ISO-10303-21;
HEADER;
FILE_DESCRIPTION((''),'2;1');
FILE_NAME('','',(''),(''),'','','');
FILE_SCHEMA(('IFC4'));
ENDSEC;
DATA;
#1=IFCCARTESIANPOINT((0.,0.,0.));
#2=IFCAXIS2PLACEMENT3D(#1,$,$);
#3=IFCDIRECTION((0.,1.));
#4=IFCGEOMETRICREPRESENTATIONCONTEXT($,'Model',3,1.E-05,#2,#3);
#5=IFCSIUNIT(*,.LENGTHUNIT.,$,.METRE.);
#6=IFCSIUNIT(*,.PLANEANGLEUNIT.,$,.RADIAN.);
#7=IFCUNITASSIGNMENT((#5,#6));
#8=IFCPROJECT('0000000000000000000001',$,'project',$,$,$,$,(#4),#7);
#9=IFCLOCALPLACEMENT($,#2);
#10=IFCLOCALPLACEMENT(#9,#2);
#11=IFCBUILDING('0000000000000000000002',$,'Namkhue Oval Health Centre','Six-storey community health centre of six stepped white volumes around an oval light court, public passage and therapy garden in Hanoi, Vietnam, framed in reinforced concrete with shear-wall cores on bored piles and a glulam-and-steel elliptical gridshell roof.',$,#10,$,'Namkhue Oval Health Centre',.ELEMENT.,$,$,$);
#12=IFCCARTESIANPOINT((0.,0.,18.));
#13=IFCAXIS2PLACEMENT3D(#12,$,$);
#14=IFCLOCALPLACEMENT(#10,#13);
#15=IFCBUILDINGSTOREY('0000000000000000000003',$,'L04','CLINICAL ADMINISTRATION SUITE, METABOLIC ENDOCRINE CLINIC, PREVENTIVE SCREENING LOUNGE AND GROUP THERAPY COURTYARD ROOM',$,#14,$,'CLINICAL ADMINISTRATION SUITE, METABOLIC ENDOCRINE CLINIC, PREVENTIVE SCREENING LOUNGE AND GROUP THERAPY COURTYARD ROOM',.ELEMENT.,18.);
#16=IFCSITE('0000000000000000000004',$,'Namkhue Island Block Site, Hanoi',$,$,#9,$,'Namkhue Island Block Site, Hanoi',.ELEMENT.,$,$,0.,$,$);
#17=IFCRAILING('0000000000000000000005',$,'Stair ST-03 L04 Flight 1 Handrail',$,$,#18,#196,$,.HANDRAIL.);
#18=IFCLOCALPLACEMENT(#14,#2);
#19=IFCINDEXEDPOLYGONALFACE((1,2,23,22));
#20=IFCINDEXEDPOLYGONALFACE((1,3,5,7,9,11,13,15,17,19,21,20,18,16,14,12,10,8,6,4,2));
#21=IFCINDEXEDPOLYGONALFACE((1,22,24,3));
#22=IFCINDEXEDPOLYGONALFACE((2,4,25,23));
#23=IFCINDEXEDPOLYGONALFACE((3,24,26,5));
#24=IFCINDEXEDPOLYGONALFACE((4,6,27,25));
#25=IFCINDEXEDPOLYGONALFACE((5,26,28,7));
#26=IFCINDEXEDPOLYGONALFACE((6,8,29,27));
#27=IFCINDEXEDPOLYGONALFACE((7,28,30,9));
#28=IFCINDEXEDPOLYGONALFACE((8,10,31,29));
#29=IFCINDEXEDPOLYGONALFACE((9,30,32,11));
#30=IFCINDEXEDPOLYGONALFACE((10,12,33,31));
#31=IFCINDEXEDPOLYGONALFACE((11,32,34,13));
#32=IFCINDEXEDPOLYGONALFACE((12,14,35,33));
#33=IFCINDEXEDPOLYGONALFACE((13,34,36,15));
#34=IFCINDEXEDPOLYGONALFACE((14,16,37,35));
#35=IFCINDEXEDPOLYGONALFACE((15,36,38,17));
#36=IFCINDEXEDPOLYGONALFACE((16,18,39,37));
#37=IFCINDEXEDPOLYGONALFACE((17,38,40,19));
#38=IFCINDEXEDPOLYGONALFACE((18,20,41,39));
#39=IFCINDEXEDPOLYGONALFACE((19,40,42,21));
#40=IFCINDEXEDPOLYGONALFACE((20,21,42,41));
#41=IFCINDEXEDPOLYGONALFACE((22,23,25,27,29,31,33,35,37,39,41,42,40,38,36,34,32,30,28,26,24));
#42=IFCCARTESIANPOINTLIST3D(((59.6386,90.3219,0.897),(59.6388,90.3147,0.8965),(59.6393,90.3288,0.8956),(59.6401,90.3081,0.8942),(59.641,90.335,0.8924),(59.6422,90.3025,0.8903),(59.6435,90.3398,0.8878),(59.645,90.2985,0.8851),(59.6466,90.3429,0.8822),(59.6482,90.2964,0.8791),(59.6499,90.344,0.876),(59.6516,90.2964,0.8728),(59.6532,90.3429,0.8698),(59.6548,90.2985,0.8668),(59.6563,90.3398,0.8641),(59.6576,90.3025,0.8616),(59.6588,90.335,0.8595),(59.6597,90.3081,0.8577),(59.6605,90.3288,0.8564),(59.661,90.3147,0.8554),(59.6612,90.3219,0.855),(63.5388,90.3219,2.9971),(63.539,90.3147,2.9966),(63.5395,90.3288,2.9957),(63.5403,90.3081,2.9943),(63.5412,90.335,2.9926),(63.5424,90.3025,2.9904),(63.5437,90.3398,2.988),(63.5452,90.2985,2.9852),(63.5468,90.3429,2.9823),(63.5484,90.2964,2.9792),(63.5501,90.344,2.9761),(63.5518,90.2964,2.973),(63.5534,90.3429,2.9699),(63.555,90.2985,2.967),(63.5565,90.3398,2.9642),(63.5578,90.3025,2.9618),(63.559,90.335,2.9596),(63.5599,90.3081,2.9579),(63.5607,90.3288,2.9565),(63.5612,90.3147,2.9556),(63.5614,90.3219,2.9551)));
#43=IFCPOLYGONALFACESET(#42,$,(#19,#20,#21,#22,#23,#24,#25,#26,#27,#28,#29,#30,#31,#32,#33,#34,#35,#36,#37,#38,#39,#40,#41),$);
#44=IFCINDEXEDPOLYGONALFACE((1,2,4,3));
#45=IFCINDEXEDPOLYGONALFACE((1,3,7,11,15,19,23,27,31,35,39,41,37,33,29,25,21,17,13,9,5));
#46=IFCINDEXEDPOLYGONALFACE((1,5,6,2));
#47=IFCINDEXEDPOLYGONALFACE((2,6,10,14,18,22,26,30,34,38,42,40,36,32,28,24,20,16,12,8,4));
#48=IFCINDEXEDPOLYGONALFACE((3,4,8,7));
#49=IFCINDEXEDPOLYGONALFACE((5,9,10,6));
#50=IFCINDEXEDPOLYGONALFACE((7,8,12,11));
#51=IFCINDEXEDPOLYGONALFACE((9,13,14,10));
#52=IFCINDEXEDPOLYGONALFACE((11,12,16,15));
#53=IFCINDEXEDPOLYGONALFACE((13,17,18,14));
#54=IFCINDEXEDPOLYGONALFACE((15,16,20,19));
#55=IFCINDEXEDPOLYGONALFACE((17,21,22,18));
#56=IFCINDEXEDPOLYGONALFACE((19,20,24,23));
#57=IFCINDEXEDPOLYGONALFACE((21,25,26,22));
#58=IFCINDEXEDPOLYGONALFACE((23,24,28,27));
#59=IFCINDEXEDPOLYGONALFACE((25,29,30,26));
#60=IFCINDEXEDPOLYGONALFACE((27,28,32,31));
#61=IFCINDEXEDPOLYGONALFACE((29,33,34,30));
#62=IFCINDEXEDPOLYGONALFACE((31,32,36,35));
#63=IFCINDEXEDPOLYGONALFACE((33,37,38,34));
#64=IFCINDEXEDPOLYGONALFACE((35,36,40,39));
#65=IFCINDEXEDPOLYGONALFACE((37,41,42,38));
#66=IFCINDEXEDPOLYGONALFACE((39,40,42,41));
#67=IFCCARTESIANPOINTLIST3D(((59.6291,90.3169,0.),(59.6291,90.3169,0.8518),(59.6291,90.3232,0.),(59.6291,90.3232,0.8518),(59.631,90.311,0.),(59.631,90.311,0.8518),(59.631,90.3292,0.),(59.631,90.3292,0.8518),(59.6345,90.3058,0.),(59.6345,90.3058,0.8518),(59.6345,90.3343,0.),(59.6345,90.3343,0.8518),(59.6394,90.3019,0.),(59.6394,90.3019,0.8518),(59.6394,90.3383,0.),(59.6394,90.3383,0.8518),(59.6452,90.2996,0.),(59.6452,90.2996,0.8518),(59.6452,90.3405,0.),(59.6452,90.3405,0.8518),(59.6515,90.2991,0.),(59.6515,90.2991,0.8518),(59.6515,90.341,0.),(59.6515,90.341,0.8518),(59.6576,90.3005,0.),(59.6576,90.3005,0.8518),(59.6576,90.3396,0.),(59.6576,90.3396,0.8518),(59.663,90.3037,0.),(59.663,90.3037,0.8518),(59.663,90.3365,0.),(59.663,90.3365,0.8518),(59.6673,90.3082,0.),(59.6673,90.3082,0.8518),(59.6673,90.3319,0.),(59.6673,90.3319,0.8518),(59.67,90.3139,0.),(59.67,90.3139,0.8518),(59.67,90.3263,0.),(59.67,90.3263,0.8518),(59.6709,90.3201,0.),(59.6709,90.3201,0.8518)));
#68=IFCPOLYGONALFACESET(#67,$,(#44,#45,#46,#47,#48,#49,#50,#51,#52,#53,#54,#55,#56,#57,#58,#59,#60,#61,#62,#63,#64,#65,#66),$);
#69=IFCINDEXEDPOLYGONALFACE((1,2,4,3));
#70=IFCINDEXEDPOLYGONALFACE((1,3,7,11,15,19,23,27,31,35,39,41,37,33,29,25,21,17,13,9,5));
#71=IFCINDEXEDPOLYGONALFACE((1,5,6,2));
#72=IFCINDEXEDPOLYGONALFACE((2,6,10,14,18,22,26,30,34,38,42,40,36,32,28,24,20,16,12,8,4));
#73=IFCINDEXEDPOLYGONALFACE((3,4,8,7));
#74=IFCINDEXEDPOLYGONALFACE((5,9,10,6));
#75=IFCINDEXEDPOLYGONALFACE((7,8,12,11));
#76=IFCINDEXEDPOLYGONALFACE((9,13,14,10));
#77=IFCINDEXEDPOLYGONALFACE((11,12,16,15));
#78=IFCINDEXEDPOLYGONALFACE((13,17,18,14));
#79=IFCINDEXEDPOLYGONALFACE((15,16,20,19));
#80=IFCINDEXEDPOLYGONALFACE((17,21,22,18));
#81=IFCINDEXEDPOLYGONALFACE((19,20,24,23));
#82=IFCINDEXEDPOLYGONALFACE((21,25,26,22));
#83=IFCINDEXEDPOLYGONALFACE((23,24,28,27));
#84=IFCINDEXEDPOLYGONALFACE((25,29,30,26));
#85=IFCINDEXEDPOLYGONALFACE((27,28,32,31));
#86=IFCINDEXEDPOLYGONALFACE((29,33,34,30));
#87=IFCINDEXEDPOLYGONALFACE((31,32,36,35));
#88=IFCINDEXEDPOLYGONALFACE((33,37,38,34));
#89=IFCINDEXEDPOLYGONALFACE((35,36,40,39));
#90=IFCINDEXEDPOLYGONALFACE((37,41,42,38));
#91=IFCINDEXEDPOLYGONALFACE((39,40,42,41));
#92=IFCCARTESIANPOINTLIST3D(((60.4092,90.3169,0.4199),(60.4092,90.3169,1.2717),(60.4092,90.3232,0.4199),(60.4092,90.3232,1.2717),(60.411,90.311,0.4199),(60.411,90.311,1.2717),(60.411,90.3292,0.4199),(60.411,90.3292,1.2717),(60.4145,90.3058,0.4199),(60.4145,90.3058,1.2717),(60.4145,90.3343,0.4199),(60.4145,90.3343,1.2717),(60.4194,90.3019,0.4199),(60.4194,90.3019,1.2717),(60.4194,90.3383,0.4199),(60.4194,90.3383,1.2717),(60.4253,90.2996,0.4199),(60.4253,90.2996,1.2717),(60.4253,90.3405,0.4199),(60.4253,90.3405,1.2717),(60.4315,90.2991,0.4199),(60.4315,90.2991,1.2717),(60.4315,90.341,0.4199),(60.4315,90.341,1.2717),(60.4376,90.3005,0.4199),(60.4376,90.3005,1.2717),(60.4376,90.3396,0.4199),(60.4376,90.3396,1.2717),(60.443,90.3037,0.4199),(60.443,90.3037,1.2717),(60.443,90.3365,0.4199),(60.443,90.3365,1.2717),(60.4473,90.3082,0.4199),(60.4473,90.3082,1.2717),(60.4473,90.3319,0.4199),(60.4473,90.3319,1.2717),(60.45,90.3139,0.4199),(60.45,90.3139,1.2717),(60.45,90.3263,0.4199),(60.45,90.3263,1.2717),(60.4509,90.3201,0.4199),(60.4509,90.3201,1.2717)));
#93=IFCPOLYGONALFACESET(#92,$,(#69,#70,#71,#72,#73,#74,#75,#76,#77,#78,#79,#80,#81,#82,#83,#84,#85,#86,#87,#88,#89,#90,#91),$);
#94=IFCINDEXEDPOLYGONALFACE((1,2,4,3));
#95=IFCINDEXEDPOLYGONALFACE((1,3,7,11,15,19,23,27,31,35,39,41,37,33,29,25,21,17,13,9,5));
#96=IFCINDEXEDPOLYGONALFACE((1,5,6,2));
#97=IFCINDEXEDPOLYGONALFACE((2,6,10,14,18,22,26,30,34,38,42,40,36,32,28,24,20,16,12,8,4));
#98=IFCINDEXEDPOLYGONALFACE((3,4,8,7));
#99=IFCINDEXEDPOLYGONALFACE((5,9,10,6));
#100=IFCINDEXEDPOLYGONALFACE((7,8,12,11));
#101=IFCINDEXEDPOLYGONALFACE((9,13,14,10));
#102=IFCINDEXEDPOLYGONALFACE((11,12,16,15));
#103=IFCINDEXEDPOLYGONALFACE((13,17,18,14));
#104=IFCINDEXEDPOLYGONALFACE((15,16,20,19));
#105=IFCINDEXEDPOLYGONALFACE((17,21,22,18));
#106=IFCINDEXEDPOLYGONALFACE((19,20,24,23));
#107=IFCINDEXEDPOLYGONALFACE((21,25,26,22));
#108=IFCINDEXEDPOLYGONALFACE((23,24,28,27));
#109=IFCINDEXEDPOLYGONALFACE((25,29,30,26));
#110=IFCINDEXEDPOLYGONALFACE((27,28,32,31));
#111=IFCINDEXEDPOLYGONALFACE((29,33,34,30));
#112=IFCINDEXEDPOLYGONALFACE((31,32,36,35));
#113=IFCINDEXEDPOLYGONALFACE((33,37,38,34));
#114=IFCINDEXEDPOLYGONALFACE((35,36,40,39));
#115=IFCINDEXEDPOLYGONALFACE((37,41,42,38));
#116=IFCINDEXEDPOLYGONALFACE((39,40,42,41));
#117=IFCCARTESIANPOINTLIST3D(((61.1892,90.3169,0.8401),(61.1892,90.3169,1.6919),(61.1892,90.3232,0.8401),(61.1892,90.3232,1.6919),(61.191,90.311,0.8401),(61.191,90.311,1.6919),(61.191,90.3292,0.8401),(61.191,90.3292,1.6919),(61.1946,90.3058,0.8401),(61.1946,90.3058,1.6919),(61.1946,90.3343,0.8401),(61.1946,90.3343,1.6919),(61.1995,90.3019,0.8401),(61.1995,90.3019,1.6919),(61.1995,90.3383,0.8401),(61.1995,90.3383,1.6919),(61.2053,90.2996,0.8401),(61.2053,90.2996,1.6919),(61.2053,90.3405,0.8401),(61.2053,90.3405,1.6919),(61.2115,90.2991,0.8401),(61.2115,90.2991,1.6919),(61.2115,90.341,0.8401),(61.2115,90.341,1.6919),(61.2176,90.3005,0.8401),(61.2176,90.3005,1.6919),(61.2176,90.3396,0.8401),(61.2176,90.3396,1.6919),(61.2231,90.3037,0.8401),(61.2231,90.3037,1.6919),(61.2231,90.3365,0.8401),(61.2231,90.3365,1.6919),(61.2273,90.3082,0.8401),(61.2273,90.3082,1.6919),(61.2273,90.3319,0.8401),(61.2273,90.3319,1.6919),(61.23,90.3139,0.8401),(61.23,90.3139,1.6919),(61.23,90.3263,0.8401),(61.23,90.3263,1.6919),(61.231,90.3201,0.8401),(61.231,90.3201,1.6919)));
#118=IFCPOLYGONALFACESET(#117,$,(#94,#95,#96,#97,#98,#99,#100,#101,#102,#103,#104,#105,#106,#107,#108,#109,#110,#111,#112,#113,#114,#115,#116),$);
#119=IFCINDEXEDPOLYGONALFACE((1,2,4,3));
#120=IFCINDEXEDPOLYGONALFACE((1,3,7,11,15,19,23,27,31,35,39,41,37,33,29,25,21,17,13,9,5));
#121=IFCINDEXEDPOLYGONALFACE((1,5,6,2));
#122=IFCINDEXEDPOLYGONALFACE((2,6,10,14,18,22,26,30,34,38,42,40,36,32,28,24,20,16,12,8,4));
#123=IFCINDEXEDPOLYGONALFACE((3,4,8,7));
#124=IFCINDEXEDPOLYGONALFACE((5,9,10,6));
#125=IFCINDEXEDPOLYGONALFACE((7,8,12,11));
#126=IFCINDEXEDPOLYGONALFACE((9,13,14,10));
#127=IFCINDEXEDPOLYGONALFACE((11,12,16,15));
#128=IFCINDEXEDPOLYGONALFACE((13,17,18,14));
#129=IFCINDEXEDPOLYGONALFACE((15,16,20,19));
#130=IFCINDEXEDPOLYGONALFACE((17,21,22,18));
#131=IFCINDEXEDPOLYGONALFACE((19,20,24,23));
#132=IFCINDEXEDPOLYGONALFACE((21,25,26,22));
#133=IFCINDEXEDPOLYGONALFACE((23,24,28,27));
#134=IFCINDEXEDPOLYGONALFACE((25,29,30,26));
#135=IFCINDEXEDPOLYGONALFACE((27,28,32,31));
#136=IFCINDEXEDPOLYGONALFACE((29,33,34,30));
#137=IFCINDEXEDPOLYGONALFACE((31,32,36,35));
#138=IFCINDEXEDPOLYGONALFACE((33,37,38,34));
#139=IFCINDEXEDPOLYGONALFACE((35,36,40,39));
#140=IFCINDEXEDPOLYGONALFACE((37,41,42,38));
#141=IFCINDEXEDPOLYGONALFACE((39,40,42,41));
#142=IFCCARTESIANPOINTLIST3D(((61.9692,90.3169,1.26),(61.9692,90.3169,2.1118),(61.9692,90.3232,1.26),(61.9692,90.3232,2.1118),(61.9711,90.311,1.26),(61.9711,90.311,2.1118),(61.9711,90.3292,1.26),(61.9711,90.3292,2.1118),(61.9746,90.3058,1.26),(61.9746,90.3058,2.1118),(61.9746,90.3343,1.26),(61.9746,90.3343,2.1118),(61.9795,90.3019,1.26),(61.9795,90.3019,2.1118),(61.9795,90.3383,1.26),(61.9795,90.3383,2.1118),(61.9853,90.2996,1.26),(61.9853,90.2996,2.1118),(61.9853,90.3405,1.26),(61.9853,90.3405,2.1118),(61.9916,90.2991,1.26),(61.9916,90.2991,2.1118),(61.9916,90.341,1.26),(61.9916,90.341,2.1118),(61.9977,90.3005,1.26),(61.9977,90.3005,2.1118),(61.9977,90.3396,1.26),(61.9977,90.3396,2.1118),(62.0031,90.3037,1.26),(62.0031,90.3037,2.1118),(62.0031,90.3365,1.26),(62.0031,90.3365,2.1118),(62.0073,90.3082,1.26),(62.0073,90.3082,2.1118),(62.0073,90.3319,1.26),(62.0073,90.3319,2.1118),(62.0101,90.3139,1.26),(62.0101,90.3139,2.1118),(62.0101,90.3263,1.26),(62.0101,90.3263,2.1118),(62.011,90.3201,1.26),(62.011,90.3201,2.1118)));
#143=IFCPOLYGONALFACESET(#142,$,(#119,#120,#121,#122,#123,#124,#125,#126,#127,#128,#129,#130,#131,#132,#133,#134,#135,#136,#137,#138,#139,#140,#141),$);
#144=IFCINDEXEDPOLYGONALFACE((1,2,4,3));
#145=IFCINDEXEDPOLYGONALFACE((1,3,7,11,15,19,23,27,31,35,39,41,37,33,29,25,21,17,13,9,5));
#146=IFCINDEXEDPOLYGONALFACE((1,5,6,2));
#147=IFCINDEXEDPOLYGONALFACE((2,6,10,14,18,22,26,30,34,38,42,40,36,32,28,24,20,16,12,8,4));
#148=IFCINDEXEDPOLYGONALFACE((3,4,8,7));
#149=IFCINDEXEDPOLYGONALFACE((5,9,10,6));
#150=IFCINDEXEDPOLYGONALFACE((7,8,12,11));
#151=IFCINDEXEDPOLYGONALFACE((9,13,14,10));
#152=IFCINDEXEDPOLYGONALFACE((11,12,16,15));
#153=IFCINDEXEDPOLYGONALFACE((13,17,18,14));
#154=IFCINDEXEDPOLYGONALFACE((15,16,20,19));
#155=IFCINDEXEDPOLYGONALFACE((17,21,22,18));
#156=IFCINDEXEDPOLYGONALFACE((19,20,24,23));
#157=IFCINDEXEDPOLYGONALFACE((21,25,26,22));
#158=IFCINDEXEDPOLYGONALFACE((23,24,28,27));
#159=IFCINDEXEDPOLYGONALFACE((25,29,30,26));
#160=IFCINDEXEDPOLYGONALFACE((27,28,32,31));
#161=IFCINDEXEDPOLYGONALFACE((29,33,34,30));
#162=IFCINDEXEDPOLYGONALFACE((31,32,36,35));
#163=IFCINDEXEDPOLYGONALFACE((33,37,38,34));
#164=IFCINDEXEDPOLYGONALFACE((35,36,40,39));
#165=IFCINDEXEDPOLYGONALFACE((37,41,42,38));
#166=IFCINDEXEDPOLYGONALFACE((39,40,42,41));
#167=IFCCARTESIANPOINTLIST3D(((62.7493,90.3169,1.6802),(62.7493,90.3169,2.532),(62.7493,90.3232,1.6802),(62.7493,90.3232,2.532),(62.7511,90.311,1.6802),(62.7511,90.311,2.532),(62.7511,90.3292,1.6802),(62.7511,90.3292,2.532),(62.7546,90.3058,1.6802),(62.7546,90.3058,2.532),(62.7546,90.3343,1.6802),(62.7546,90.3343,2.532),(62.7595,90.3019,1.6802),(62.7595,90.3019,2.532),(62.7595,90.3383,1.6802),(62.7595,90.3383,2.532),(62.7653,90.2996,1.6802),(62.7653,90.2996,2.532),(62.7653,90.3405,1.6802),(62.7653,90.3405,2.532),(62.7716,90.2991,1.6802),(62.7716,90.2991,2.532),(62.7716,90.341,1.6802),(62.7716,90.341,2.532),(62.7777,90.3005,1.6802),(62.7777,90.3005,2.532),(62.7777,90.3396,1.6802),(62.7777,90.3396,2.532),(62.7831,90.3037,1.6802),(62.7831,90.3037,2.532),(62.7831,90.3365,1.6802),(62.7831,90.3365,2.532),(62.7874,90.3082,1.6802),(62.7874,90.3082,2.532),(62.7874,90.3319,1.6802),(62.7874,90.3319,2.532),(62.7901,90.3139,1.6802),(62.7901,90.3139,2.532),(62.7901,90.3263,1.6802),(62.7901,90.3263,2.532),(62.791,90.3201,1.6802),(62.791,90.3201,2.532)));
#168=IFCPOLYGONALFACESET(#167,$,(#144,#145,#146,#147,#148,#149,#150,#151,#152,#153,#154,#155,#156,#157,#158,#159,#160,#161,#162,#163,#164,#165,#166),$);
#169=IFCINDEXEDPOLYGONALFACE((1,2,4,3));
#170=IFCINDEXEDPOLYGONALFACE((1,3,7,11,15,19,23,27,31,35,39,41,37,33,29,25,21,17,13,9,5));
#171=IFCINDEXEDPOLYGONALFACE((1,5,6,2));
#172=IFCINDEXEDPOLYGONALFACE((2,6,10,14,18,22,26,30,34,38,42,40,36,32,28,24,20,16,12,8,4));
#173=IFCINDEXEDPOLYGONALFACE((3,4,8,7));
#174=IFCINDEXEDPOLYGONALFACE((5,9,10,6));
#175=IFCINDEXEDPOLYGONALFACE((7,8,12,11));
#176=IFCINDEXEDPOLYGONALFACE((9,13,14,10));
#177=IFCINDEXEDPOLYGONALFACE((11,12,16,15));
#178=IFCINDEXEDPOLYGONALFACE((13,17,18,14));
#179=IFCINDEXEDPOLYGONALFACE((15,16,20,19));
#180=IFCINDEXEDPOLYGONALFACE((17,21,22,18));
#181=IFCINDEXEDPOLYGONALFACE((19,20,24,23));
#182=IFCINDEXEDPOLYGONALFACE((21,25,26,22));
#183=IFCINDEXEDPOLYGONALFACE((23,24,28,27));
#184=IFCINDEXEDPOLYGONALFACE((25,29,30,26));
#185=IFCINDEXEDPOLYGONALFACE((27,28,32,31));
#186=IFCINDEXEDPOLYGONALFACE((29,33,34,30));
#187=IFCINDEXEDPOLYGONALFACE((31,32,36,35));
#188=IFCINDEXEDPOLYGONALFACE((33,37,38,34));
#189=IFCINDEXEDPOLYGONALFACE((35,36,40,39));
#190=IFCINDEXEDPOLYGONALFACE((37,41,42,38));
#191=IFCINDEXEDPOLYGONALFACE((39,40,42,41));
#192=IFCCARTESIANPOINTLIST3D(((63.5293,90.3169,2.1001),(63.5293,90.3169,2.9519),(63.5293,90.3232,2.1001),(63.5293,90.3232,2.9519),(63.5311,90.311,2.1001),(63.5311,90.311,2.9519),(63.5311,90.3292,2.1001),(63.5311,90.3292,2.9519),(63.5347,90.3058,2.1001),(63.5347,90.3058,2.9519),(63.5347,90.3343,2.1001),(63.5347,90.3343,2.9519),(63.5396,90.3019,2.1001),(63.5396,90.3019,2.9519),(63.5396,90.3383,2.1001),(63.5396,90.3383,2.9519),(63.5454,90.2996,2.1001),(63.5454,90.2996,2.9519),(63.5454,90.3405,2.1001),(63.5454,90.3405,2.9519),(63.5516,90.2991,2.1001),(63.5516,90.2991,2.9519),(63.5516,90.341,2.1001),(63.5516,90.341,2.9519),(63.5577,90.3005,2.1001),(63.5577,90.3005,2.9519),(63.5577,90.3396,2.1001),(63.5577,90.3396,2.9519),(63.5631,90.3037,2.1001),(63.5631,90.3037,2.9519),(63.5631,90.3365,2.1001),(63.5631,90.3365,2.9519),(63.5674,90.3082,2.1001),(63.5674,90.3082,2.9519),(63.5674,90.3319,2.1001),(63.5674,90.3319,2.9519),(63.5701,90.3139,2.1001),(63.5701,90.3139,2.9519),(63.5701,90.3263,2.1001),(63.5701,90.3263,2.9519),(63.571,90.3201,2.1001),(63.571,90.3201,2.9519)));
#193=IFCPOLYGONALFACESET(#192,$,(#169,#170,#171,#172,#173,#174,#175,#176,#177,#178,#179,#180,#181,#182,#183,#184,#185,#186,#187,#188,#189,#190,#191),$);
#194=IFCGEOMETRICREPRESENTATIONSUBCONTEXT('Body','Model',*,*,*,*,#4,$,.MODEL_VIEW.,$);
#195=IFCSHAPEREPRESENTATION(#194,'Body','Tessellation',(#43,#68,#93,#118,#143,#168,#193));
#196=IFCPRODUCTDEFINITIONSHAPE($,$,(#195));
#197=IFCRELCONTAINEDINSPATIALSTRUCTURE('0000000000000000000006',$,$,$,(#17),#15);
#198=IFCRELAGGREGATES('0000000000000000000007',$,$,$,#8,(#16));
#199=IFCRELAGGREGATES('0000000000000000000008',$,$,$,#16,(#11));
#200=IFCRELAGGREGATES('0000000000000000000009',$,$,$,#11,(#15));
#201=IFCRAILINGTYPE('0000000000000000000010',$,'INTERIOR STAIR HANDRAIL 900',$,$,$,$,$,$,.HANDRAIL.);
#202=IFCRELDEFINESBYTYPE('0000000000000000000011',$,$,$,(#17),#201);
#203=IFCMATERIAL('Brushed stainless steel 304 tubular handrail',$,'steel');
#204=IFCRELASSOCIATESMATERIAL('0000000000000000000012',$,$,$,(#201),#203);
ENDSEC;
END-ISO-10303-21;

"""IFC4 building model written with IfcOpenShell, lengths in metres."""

from ifc_helpers import new_model, si_unit, direction, frame, origin, origin_2d, place, context, subcontext, project, spatial, circle, extrude, material, type_object, element, save


model = new_model("IFC4")

# Units and contexts
model_context = context("Model", 3, precision=1e-05, world=origin(), true_north=direction((0.0, 1.0)))
body_context = subcontext(model_context, "Body", "Model", "MODEL_VIEW")
ifc_project = project(units=[si_unit("LENGTHUNIT", "METRE"), si_unit("PLANEANGLEUNIT", "RADIAN")], contexts=[model_context])

# Site, building, storey
site_placement = place(None, origin())
site = spatial("IfcSite", under=ifc_project, at=site_placement, Name="Namkhue Island Block Site, Hanoi", LongName="Namkhue Island Block Site, Hanoi", CompositionType="ELEMENT", RefElevation=0.0)
building_placement = place(site_placement, origin())
building = spatial("IfcBuilding", under=site, at=building_placement, Name="Namkhue Oval Health Centre", Description="Six-storey community health centre of six stepped white volumes around an oval light court, public passage and therapy garden in Hanoi, Vietnam, framed in reinforced concrete with shear-wall cores on bored piles and a glulam-and-steel elliptical gridshell roof.", LongName="Namkhue Oval Health Centre", CompositionType="ELEMENT")
storey_placement = place(building_placement, frame((0.0, 0.0, 18.0)))
storey = spatial("IfcBuildingStorey", under=building, at=storey_placement, Name="L04", Description="CLINICAL ADMINISTRATION SUITE, METABOLIC ENDOCRINE CLINIC, PREVENTIVE SCREENING LOUNGE AND GROUP THERAPY COURTYARD ROOM", LongName="CLINICAL ADMINISTRATION SUITE, METABOLIC ENDOCRINE CLINIC, PREVENTIVE SCREENING LOUNGE AND GROUP THERAPY COURTYARD ROOM", CompositionType="ELEMENT", Elevation=18.0)

# Railing
ifc_material_1 = material(Name="Brushed stainless steel 304 tubular handrail", Category="steel")
railing_type_1 = type_object("IfcRailingType", Name="INTERIOR STAIR HANDRAIL 900", PredefinedType="HANDRAIL", material=ifc_material_1)
railing_1_placement = place(storey_placement, frame((59.6499, 90.3201, 0.0)))
element("IfcRailing", 1, at=railing_1_placement, inside=storey, type_object=railing_type_1, Name="Stair ST-03 L04 Flight 1 Handrail", PredefinedType="HANDRAIL", context=body_context, shape_type="SweptSolid", body=[
    extrude(circle(Radius=0.0239, at=origin_2d()), frame((0.0, 0.0, 0.876), z_axis=(0.880469, 0.0, 0.474103), x_axis=(0.0, 1.0, 0.0)), (0.0, 0.0, 1.0), 4.4297),
    extrude(circle(Radius=0.021, at=origin_2d()), origin(), (0.0, 0.0, 1.0), 0.8518),
    extrude(circle(Radius=0.021, at=origin_2d()), frame((0.78, 0.0, 0.4199)), (0.0, 0.0, 1.0), 0.8518),
    extrude(circle(Radius=0.021, at=origin_2d()), frame((1.5601, 0.0, 0.8401)), (0.0, 0.0, 1.0), 0.8518),
    extrude(circle(Radius=0.021, at=origin_2d()), frame((2.3401, 0.0, 1.26)), (0.0, 0.0, 1.0), 0.8518),
    extrude(circle(Radius=0.021, at=origin_2d()), frame((3.1201, 0.0, 1.6802)), (0.0, 0.0, 1.0), 0.8518),
    extrude(circle(Radius=0.021, at=origin_2d()), frame((3.9001, 0.0, 2.1001)), (0.0, 0.0, 1.0), 0.8518),
])

save(model, "model.ifc")
